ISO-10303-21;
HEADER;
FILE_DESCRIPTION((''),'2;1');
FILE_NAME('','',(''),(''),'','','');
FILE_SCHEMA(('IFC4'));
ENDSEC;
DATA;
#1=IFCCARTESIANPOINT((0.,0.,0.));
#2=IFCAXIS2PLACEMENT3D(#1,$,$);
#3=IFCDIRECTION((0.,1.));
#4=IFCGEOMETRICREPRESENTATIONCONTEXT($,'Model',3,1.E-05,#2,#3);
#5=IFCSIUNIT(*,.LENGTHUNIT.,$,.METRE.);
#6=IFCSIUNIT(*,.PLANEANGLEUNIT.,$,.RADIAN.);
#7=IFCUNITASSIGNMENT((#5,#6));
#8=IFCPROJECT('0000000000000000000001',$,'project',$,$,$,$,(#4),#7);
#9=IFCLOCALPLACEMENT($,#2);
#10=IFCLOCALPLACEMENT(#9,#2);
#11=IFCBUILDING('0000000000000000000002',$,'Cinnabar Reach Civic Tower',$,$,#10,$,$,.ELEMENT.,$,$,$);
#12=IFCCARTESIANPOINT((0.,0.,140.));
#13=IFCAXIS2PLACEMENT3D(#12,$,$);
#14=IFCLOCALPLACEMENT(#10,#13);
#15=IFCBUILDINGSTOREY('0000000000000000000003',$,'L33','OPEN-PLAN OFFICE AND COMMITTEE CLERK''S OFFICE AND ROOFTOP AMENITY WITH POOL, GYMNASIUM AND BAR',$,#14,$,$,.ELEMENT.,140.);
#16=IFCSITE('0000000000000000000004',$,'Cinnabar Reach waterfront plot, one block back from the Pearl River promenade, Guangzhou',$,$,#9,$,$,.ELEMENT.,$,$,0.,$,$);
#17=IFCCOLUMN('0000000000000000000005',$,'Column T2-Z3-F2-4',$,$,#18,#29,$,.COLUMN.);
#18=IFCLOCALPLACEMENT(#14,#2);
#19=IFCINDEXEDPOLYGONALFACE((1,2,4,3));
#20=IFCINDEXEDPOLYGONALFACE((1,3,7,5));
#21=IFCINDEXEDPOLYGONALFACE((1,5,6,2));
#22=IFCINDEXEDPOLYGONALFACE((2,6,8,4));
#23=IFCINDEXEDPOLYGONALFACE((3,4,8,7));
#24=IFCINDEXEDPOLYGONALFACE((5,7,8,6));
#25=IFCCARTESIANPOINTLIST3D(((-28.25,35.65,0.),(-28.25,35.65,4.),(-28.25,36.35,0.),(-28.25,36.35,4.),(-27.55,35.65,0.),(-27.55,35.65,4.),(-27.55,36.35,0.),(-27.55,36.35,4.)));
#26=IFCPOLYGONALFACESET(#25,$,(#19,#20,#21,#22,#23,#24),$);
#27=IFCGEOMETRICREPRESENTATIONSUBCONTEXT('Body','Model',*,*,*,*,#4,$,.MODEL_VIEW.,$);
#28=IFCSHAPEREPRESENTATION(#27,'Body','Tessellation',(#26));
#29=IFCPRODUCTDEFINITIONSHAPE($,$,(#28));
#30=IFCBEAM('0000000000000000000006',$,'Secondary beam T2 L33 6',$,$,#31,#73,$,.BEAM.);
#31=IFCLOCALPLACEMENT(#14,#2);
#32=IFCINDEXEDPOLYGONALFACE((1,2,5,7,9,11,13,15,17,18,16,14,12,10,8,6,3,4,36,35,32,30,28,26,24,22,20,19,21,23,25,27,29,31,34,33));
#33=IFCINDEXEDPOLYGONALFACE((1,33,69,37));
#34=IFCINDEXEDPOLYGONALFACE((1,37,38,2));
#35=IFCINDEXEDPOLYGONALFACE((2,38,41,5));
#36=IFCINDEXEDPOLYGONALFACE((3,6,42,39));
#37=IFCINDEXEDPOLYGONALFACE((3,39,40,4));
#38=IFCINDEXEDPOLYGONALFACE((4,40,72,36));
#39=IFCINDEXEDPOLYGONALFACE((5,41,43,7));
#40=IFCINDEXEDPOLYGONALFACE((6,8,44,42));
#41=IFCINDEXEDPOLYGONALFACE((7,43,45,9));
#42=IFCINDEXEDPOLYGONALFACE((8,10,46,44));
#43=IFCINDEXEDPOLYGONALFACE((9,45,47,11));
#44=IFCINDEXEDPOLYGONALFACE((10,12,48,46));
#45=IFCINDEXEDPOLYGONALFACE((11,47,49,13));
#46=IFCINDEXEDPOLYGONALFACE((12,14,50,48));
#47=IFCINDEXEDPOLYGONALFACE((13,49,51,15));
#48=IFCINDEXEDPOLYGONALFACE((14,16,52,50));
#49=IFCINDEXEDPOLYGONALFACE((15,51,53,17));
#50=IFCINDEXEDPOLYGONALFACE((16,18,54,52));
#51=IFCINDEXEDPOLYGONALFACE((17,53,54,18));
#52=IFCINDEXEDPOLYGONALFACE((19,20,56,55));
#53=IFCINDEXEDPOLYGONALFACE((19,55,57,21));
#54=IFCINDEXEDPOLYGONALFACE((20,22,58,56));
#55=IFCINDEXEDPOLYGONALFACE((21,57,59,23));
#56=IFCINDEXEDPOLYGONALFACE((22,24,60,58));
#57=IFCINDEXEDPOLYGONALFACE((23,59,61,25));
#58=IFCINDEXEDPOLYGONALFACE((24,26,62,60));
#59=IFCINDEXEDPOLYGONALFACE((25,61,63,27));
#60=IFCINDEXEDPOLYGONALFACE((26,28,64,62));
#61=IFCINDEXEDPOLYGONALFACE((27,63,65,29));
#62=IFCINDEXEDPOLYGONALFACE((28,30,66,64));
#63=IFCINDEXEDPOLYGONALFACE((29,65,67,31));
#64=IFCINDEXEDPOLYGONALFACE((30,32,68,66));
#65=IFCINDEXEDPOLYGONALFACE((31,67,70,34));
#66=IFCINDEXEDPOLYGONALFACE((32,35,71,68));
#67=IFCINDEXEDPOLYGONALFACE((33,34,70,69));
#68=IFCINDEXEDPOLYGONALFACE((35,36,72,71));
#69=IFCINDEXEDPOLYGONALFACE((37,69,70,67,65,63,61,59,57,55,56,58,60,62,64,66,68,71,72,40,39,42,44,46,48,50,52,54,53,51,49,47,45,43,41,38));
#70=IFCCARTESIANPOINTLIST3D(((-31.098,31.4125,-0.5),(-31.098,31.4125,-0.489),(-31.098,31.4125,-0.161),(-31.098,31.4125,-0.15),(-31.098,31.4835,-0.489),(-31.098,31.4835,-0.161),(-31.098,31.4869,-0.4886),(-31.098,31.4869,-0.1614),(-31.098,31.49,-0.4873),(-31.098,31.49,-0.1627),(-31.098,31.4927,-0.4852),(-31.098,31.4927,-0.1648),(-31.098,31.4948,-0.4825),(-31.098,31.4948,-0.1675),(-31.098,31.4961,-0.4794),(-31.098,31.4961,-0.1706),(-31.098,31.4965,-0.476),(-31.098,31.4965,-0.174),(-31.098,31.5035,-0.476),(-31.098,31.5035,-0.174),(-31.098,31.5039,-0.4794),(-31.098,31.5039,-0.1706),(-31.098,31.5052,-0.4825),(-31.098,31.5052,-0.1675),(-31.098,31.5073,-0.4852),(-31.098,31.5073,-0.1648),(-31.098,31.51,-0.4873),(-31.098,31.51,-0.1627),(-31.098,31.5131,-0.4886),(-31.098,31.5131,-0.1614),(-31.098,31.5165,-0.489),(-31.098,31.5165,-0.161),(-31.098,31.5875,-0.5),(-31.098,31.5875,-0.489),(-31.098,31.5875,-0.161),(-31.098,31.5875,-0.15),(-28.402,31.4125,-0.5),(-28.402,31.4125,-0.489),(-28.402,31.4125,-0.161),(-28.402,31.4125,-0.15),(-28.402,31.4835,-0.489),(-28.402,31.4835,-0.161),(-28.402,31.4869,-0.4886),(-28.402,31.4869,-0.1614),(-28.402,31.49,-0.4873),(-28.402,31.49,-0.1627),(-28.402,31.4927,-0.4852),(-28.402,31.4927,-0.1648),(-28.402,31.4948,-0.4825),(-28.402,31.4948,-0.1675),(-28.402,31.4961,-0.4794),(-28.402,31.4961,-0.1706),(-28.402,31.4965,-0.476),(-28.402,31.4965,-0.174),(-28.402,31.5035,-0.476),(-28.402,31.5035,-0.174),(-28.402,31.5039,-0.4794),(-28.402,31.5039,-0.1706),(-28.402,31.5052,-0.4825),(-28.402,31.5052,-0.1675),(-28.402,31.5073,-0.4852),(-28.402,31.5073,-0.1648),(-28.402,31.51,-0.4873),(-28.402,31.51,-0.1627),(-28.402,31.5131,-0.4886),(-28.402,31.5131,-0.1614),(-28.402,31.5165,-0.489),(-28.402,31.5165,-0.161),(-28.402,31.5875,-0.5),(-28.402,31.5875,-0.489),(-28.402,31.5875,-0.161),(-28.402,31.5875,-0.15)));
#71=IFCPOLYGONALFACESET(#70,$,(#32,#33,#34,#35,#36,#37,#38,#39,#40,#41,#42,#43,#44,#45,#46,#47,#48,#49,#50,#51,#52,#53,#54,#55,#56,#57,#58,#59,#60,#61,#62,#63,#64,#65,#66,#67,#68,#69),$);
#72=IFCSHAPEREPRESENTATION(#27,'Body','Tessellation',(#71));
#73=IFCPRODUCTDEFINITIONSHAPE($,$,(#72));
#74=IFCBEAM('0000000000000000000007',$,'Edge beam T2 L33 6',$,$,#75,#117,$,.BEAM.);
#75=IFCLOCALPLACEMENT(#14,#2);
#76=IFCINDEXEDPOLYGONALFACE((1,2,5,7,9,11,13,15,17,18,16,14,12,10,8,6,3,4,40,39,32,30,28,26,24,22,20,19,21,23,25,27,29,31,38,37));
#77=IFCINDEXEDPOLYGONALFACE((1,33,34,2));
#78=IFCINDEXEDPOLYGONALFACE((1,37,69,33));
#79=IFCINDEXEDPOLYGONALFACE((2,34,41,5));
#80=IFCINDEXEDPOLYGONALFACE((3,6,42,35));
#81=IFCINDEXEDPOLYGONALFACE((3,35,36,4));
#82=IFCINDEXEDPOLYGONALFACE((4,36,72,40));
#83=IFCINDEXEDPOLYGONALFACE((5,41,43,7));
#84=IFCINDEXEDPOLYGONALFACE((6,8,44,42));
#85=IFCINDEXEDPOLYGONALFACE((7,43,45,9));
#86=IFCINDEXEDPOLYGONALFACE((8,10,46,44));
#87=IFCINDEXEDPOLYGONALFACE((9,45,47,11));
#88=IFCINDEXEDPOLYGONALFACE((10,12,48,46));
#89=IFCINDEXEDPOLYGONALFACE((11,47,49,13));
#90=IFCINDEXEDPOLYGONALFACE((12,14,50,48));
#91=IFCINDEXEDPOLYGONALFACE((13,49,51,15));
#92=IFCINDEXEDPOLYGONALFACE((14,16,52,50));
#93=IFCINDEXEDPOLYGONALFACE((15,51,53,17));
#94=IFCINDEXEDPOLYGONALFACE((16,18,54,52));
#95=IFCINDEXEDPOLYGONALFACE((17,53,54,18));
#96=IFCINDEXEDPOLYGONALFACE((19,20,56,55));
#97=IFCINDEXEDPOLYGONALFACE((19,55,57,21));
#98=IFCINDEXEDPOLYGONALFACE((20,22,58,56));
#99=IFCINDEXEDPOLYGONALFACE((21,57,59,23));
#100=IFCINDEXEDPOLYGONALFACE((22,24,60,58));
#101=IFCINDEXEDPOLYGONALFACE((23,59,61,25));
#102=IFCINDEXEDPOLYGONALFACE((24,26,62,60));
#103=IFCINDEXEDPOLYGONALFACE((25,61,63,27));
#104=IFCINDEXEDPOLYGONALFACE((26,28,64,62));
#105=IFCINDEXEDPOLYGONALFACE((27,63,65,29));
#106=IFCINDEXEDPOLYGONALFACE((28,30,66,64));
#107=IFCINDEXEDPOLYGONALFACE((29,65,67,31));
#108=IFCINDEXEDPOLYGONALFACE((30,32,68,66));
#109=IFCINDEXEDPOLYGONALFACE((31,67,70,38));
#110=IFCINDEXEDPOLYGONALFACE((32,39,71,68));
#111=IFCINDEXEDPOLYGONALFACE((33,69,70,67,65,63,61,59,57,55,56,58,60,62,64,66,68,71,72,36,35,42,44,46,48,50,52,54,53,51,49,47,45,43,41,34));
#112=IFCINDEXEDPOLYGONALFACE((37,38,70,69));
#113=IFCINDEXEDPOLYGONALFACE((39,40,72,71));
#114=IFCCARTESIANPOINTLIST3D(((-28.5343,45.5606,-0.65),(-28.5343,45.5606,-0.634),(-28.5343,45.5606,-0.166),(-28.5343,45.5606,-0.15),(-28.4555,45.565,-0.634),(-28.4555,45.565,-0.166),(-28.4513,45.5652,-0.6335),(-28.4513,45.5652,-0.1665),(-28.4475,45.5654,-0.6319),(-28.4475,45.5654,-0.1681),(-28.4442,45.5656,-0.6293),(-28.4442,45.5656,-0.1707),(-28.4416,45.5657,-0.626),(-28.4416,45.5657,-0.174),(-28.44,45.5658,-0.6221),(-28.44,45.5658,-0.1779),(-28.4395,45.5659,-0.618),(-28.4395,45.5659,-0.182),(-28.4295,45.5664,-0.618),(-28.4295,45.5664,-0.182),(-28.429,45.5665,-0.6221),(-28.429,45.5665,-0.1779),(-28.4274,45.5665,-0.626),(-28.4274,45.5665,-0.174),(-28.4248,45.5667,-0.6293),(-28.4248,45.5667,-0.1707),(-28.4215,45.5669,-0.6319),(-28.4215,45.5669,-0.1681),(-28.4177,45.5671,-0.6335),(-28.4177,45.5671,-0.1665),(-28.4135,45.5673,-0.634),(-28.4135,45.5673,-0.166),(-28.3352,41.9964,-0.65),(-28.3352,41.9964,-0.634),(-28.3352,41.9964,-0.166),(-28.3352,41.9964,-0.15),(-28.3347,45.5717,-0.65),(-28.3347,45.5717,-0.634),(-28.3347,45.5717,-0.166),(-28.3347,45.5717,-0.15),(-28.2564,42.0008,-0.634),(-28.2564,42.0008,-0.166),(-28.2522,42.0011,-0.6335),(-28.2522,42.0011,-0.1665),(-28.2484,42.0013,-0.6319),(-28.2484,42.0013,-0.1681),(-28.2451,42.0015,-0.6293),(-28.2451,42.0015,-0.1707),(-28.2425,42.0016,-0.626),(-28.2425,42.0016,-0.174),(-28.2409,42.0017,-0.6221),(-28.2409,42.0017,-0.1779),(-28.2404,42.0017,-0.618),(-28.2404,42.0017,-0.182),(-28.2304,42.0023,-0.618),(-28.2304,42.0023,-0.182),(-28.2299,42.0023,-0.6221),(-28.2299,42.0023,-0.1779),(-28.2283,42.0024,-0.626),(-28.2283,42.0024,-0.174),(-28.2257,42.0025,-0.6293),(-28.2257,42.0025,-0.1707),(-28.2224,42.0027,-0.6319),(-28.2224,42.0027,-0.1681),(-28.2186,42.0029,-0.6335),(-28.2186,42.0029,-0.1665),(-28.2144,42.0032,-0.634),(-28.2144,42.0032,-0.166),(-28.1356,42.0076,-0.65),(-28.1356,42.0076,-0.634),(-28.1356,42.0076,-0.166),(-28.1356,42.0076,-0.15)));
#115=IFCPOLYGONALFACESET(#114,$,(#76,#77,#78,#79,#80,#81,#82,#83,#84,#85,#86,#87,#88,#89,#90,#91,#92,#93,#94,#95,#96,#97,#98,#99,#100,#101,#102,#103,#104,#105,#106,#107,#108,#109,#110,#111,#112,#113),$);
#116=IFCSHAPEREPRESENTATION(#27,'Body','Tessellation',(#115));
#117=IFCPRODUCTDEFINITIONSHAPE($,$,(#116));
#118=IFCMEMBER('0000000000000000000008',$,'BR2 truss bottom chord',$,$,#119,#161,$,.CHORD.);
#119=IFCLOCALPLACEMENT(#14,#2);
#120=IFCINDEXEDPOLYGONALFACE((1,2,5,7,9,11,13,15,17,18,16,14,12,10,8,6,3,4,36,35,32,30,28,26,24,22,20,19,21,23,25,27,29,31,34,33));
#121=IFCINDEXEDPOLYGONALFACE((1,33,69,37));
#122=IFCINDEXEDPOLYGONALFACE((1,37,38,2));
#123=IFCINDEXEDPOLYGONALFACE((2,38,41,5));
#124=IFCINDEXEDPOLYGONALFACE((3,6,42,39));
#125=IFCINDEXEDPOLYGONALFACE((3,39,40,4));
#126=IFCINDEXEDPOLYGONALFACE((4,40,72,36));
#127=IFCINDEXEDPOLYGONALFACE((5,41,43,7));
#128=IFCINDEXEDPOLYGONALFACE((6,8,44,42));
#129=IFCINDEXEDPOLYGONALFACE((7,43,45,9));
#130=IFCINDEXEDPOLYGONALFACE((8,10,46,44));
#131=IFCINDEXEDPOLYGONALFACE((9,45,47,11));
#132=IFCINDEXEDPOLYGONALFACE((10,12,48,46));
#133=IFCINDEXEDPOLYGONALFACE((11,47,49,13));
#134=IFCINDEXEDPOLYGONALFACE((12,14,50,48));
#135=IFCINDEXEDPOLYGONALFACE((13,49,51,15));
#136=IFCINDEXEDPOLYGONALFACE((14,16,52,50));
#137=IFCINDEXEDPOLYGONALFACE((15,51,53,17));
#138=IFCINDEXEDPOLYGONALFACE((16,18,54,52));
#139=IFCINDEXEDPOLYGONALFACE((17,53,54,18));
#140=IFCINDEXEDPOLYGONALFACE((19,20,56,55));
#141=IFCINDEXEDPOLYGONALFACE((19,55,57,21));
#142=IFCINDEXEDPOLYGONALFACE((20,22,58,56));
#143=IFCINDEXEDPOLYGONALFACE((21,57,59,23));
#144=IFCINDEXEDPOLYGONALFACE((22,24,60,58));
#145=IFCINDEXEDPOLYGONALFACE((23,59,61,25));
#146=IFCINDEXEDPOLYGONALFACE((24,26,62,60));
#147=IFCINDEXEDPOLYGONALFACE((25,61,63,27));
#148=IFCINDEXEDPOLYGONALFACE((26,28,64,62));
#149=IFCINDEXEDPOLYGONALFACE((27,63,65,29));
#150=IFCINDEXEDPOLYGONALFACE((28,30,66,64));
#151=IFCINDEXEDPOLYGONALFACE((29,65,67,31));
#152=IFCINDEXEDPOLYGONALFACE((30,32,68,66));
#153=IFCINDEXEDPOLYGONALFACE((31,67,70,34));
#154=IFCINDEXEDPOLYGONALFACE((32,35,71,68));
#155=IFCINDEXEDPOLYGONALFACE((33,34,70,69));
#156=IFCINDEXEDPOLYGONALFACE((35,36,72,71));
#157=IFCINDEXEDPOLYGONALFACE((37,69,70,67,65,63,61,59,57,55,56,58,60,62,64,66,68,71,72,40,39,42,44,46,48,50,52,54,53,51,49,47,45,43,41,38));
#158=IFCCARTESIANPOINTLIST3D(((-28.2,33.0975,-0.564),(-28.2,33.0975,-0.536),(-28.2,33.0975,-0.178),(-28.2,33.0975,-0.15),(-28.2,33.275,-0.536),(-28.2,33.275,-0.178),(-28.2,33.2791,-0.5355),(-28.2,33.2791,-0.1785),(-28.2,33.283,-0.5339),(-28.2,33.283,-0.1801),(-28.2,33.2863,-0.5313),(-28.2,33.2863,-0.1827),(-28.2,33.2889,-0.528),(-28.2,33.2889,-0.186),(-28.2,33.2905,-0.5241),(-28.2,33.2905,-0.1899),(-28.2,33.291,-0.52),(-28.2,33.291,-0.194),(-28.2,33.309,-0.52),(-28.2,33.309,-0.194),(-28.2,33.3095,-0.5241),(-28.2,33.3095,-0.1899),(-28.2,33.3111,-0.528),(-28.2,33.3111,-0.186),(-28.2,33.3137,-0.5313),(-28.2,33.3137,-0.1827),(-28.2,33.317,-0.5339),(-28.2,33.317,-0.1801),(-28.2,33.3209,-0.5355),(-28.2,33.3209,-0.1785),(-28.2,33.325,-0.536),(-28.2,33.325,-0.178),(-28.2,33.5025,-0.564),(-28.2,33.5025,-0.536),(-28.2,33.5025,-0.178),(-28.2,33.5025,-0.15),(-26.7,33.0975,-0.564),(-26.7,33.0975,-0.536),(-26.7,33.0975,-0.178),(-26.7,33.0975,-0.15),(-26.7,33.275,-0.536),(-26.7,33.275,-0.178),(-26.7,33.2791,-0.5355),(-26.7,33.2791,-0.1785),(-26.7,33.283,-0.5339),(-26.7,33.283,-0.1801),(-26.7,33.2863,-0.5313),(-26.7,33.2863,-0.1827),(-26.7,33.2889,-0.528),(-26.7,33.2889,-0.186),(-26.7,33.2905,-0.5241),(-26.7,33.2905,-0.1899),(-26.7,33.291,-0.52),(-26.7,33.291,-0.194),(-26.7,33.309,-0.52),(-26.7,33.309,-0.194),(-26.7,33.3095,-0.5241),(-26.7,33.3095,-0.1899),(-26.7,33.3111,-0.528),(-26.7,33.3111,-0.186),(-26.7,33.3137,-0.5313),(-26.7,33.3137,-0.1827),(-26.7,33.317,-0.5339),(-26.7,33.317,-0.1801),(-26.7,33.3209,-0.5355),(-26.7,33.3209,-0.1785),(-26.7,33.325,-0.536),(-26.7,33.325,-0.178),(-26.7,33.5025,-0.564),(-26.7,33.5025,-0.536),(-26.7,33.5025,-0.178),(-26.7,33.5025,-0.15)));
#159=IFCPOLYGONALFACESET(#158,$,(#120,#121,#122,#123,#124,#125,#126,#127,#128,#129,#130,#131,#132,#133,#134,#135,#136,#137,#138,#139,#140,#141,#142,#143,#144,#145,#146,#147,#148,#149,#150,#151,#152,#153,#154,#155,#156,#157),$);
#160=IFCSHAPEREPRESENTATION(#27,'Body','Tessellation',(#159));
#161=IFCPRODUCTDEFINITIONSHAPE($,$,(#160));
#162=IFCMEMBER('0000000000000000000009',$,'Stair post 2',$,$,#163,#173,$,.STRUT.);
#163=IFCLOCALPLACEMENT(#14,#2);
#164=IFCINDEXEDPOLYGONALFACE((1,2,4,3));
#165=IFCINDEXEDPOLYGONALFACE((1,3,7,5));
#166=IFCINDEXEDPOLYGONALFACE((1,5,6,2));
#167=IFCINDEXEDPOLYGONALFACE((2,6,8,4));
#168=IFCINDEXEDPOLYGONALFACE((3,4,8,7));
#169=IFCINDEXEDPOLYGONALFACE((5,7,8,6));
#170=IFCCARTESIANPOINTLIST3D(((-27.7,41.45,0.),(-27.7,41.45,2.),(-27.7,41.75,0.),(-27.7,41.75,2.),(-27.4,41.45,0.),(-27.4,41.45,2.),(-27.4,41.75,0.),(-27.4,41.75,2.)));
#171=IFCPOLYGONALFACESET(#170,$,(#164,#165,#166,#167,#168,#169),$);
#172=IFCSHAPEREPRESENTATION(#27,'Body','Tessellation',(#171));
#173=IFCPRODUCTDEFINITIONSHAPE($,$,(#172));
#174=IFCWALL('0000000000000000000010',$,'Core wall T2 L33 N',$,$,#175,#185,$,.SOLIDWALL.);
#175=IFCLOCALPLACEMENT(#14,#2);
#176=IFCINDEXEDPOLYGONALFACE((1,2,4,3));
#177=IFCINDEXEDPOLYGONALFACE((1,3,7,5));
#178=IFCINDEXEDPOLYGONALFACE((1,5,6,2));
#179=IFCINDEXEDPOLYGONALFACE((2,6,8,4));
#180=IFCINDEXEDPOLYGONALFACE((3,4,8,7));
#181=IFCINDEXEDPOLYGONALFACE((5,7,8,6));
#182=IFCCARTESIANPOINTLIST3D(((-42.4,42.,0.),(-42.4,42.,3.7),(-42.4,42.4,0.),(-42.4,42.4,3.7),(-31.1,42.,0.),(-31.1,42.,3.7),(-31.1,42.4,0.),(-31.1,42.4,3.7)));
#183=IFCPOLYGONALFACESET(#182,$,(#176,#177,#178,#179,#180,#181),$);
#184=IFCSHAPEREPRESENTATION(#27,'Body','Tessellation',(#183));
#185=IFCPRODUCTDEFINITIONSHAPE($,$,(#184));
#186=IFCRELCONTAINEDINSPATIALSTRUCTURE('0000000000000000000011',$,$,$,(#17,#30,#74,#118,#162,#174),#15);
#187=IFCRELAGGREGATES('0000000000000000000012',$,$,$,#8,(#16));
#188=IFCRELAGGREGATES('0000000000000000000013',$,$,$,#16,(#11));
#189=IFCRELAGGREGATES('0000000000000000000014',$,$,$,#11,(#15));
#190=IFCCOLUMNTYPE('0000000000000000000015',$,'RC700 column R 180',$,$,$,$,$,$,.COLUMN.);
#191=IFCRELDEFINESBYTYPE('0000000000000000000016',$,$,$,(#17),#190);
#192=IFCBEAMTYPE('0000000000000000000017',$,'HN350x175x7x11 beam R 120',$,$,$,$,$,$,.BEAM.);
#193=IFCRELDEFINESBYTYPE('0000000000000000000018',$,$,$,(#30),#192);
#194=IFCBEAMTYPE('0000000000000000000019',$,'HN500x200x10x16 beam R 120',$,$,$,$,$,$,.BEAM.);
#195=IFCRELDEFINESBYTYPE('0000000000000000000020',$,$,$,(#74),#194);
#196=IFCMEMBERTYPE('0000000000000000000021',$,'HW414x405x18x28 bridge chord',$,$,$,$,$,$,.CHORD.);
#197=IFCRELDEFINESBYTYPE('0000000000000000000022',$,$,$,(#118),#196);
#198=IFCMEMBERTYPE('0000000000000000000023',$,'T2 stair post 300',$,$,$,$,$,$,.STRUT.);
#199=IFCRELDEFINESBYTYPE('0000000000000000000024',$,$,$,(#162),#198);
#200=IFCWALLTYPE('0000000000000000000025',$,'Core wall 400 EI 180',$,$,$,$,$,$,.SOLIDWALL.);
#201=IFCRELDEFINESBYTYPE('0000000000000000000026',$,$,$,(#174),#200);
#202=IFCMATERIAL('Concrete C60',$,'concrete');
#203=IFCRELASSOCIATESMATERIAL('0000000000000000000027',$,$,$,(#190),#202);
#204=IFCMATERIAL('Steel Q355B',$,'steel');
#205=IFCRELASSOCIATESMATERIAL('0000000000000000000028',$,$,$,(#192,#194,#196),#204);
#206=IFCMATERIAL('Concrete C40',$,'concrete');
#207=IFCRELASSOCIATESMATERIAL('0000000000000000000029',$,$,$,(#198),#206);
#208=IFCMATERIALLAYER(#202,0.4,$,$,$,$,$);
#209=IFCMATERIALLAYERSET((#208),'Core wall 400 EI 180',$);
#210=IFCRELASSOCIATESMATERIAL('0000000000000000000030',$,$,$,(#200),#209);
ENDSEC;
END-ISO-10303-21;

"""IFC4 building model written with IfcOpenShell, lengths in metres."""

from ifc_helpers import new_model, si_unit, direction, frame, frame_2d, origin, origin_2d, place, context, subcontext, project, spatial, rectangle, i_section, extrude, material, layer, layer_set, material_profile, profile_set, type_object, element, save


model = new_model("IFC4")

# Units and contexts
model_context = context("Model", 3, precision=1e-05, world=origin(), true_north=direction((0.0, 1.0)))
body_context = subcontext(model_context, "Body", "Model", "MODEL_VIEW")
ifc_project = project(units=[si_unit("LENGTHUNIT", "METRE"), si_unit("PLANEANGLEUNIT", "RADIAN")], contexts=[model_context])

# Site, building, storey
site_placement = place(None, origin())
site = spatial("IfcSite", under=ifc_project, at=site_placement, Name="Cinnabar Reach waterfront plot, one block back from the Pearl River promenade, Guangzhou", CompositionType="ELEMENT", RefElevation=0.0)
building_placement = place(site_placement, origin())
building = spatial("IfcBuilding", under=site, at=building_placement, Name="Cinnabar Reach Civic Tower", CompositionType="ELEMENT")
storey_placement = place(building_placement, frame((0.0, 0.0, 140.0)))
storey = spatial("IfcBuildingStorey", under=building, at=storey_placement, Name="L33", Description="OPEN-PLAN OFFICE AND COMMITTEE CLERK'S OFFICE AND ROOFTOP AMENITY WITH POOL, GYMNASIUM AND BAR", CompositionType="ELEMENT", Elevation=140.0)

# Column
ifc_material_1 = material(Name="Concrete C60", Category="concrete")
ifc_material_profile_1 = material_profile(ifc_material_1, rectangle(XDim=0.7, YDim=0.7, at=origin_2d()), Name="RC700")
ifc_profile_set_1 = profile_set([ifc_material_profile_1], Name="Concrete C60")
column_type = type_object("IfcColumnType", Name="RC700 column R 180", PredefinedType="COLUMN", material=ifc_profile_set_1)
column_placement = place(storey_placement, frame((-27.9, 36.0, 0.0), z_axis=(0.0, 0.0, 1.0), x_axis=(1.0, 0.0, 0.0)))
element("IfcColumn", 1, at=column_placement, inside=storey, type_object=column_type, Name="Column T2-Z3-F2-4", PredefinedType="COLUMN", context=body_context, shape_type="SweptSolid", body=[
    extrude(rectangle(XDim=0.7, YDim=0.7, at=origin_2d()), origin(), (0.0, 0.0, 1.0), 4.0),
])

# Beams
ifc_material_2 = material(Name="Steel Q355B", Category="steel")
ifc_material_profile_2 = material_profile(ifc_material_2, i_section(OverallWidth=0.175, OverallDepth=0.35, WebThickness=0.007, FlangeThickness=0.011, FilletRadius=0.013, at=origin_2d()), Name="HN350x175x7x11")
ifc_profile_set_2 = profile_set([ifc_material_profile_2], Name="Steel Q355B")
beam_type_1 = type_object("IfcBeamType", Name="HN350x175x7x11 beam R 120", PredefinedType="BEAM", material=ifc_profile_set_2)
beam_1_placement = place(storey_placement, frame((-31.098, 31.5, -0.325), z_axis=(1.0, 0.0, 0.0), x_axis=(0.0, 1.0, 0.0)))
element("IfcBeam", 2, at=beam_1_placement, inside=storey, type_object=beam_type_1, Name="Secondary beam T2 L33 6", PredefinedType="BEAM", context=body_context, shape_type="SweptSolid", body=[
    extrude(i_section(OverallWidth=0.175, OverallDepth=0.35, WebThickness=0.007, FlangeThickness=0.011, FilletRadius=0.013, at=origin_2d()), origin(), (0.0, 0.0, 1.0), 2.696),
])
ifc_material_profile_3 = material_profile(ifc_material_2, i_section(OverallWidth=0.2, OverallDepth=0.5, WebThickness=0.01, FlangeThickness=0.016, FilletRadius=0.016, at=origin_2d()), Name="HN500x200x10x16")
ifc_profile_set_3 = profile_set([ifc_material_profile_3], Name="Steel Q355B")
beam_type_2 = type_object("IfcBeamType", Name="HN500x200x10x16 beam R 120", PredefinedType="BEAM", material=ifc_profile_set_3)
beam_2_placement = place(storey_placement, frame((-28.2354, 42.002, -0.4), z_axis=(-0.055776, 0.998443, 0.0), x_axis=(-0.998443, -0.055776, 0.0)))
element("IfcBeam", 3, at=beam_2_placement, inside=storey, type_object=beam_type_2, Name="Edge beam T2 L33 6", PredefinedType="BEAM", context=body_context, shape_type="SweptSolid", body=[
    extrude(i_section(OverallWidth=0.2, OverallDepth=0.5, WebThickness=0.01, FlangeThickness=0.016, FilletRadius=0.016, at=origin_2d()), origin(), (0.0, 0.0, 1.0), 3.5697),
])

# Members
ifc_material_profile_4 = material_profile(ifc_material_2, i_section(OverallWidth=0.405, OverallDepth=0.414, WebThickness=0.018, FlangeThickness=0.028, FilletRadius=0.016, at=origin_2d()), Name="HW414x405x18x28")
ifc_profile_set_4 = profile_set([ifc_material_profile_4], Name="Steel Q355B")
member_type_1 = type_object("IfcMemberType", Name="HW414x405x18x28 bridge chord", PredefinedType="CHORD", material=ifc_profile_set_4)
member_1_placement = place(storey_placement, frame((-28.2, 33.3, -0.357), z_axis=(1.0, 0.0, 0.0), x_axis=(0.0, 1.0, 0.0)))
element("IfcMember", 4, at=member_1_placement, inside=storey, type_object=member_type_1, Name="BR2 truss bottom chord", PredefinedType="CHORD", context=body_context, shape_type="SweptSolid", body=[
    extrude(i_section(OverallWidth=0.405, OverallDepth=0.414, WebThickness=0.018, FlangeThickness=0.028, FilletRadius=0.016, at=origin_2d()), origin(), (0.0, 0.0, 1.0), 1.5),
])
ifc_material_3 = material(Name="Concrete C40", Category="concrete")
ifc_material_profile_5 = material_profile(ifc_material_3, rectangle(XDim=0.3, YDim=0.3, at=origin_2d()), Name="C300")
ifc_profile_set_5 = profile_set([ifc_material_profile_5], Name="Concrete C40")
member_type_2 = type_object("IfcMemberType", Name="T2 stair post 300", PredefinedType="STRUT", material=ifc_profile_set_5)
member_2_placement = place(storey_placement, frame((-27.55, 41.6, 0.0), z_axis=(0.0, 0.0, 1.0), x_axis=(1.0, 0.0, 0.0)))
element("IfcMember", 5, at=member_2_placement, inside=storey, type_object=member_type_2, Name="Stair post 2", PredefinedType="STRUT", context=body_context, shape_type="SweptSolid", body=[
    extrude(rectangle(XDim=0.3, YDim=0.3, at=origin_2d()), origin(), (0.0, 0.0, 1.0), 2.0),
])

# Wall
ifc_layer_1 = layer(ifc_material_1, 0.4)
ifc_layer_set_1 = layer_set([ifc_layer_1], Name="Core wall 400 EI 180")
wall_type_1 = type_object("IfcWallType", Name="Core wall 400 EI 180", PredefinedType="SOLIDWALL", material=ifc_layer_set_1)
wall_1_placement = place(storey_placement, frame((-31.1, 42.2, 0.0), z_axis=(0.0, 0.0, 1.0), x_axis=(-1.0, 0.0, 0.0)))
element("IfcWall", 6, at=wall_1_placement, inside=storey, type_object=wall_type_1, Name="Core wall T2 L33 N", PredefinedType="SOLIDWALL", context=body_context, shape_type="SweptSolid", body=[
    extrude(rectangle(XDim=11.3, YDim=0.4, at=frame_2d((5.65, 0.0))), origin(), (0.0, 0.0, 1.0), 3.7),
])

save(model, "model.ifc")
